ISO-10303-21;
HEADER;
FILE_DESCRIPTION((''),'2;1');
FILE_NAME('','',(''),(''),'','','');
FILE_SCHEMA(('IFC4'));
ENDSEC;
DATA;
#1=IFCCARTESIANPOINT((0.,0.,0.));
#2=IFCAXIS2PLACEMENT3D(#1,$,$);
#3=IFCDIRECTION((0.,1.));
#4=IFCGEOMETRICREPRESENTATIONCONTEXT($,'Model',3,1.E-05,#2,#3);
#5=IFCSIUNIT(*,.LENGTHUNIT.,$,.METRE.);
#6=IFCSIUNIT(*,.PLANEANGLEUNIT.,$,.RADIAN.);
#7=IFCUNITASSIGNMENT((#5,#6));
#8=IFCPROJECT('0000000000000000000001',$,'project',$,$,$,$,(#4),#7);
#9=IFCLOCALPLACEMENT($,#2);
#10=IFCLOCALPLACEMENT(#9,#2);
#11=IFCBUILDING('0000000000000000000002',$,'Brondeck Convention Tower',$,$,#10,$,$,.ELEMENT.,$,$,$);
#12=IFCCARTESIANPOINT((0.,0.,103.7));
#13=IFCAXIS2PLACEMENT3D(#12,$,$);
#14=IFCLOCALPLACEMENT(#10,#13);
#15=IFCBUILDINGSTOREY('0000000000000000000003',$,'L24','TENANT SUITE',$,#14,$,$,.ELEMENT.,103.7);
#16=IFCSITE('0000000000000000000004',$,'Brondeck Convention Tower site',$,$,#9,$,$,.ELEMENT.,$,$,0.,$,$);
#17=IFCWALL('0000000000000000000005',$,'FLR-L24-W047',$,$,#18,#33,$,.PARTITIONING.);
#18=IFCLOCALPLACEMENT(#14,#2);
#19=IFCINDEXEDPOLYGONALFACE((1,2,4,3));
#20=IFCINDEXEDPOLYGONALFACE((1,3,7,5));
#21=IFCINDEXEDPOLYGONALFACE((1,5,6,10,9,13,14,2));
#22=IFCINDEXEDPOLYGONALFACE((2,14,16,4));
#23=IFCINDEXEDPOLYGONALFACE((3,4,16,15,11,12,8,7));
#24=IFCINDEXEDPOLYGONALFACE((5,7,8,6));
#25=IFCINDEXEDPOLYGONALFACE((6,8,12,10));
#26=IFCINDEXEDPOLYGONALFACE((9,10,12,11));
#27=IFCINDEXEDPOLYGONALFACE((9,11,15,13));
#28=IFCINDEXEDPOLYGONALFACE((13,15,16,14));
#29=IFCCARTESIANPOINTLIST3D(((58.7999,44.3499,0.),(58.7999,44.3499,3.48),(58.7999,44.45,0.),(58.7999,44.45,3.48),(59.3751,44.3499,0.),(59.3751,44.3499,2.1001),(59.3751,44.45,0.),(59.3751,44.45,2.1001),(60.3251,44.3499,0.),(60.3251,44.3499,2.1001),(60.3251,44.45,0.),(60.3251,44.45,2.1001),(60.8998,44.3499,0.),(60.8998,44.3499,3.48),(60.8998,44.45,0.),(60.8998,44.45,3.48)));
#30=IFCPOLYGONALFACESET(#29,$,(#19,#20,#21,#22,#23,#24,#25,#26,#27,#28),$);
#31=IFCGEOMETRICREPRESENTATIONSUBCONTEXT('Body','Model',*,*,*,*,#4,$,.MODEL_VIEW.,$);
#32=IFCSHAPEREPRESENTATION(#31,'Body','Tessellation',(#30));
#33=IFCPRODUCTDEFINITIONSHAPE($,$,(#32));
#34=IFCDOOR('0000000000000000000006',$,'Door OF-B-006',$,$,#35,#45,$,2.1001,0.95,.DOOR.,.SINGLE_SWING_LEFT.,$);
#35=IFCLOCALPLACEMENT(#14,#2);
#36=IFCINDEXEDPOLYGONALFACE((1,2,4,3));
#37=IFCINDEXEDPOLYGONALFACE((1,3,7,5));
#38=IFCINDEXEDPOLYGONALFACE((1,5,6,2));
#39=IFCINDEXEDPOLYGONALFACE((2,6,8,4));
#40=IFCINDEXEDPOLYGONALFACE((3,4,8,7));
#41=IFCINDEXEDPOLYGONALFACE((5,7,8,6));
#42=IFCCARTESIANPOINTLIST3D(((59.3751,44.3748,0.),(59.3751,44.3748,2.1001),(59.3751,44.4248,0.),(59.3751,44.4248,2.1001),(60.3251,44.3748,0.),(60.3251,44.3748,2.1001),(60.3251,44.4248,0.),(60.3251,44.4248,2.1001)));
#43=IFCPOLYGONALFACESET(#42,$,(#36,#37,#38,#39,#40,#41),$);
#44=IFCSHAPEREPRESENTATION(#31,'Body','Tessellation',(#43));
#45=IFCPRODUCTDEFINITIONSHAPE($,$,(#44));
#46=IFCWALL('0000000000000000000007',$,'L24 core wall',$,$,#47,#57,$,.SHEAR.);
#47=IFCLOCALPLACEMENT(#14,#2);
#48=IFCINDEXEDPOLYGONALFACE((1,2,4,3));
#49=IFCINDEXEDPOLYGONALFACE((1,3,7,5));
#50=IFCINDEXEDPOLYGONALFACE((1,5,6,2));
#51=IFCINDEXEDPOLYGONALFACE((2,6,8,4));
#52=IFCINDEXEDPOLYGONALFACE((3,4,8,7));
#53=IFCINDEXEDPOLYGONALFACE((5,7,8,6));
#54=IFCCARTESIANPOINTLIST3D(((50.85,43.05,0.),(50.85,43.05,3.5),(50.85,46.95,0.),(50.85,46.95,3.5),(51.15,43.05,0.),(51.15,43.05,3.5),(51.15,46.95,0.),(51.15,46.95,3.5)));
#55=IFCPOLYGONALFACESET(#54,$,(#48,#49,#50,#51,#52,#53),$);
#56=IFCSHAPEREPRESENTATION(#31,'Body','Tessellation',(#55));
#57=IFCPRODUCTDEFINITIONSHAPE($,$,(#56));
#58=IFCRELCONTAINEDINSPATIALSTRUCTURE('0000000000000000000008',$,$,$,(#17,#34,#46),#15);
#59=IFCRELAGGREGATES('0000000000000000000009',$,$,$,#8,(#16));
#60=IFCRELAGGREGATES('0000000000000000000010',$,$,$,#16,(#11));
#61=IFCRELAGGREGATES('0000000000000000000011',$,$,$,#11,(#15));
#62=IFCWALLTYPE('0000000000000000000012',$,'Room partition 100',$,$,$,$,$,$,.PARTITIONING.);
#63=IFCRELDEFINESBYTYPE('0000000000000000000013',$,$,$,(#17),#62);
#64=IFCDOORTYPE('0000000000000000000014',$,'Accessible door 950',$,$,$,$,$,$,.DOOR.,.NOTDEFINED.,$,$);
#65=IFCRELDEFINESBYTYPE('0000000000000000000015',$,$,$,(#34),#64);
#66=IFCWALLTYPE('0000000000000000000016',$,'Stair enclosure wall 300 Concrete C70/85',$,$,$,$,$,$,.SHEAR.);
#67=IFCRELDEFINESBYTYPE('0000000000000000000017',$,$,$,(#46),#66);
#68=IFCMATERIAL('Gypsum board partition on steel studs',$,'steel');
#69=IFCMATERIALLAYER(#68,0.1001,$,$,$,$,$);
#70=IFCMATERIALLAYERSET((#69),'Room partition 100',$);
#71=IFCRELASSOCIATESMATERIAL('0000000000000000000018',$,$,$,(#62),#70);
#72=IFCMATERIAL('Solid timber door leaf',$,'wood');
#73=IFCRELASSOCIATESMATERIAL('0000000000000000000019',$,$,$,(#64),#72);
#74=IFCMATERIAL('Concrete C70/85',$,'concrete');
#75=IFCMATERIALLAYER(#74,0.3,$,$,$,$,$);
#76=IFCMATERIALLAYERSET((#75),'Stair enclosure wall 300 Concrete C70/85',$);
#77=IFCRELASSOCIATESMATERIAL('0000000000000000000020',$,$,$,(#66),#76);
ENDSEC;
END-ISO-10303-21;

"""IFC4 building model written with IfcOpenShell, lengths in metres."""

from ifc_helpers import new_model, si_unit, direction, frame, frame_2d, origin, place, context, subcontext, project, spatial, rectangle, extrude, material, layer, layer_set, type_object, element, fill, save


model = new_model("IFC4")

# Units and contexts
model_context = context("Model", 3, precision=1e-05, world=origin(), true_north=direction((0.0, 1.0)))
body_context = subcontext(model_context, "Body", "Model", "MODEL_VIEW")
ifc_project = project(units=[si_unit("LENGTHUNIT", "METRE"), si_unit("PLANEANGLEUNIT", "RADIAN")], contexts=[model_context])

# Site, building, storey
site_placement = place(None, origin())
site = spatial("IfcSite", under=ifc_project, at=site_placement, Name="Brondeck Convention Tower site", CompositionType="ELEMENT", RefElevation=0.0)
building_placement = place(site_placement, origin())
building = spatial("IfcBuilding", under=site, at=building_placement, Name="Brondeck Convention Tower", CompositionType="ELEMENT")
storey_placement = place(building_placement, frame((0.0, 0.0, 103.7)))
storey = spatial("IfcBuildingStorey", under=building, at=storey_placement, Name="L24", Description="TENANT SUITE", CompositionType="ELEMENT", Elevation=103.7)

# Shared definitions
ifc_material_1 = material(Name="Concrete C70/85", Category="concrete")

# Shared definitions
ifc_material_2 = material(Name="Gypsum board partition on steel studs", Category="steel")
ifc_layer_1 = layer(ifc_material_2, 0.1001)
ifc_layer_set_1 = layer_set([ifc_layer_1], Name="Room partition 100")
wall_type_1 = type_object("IfcWallType", Name="Room partition 100", PredefinedType="PARTITIONING", material=ifc_layer_set_1)

# Shared definitions
ifc_material_3 = material(Name="Solid timber door leaf", Category="wood")

# Wall, opening, door
wall_1_placement = place(storey_placement, frame((58.8, 44.3999, 0.0), z_axis=(0.0, 0.0, 1.0), x_axis=(1.0, 0.0, 0.0)))
wall_1 = element("IfcWall", 1, at=wall_1_placement, inside=storey, type_object=wall_type_1, Name="FLR-L24-W047", PredefinedType="PARTITIONING", context=body_context, shape_type="SweptSolid", body=[
    extrude(rectangle(XDim=2.0999, YDim=0.1001, at=frame_2d((1.0498, 0.0))), origin(), (0.0, 0.0, 1.0), 3.48),
])
opening_1_placement = place(wall_1_placement, frame((0.575, 0.0, 0.0)))
opening_1 = element("IfcOpeningElement", 2, at=opening_1_placement, cuts=wall_1, PredefinedType="OPENING", context=body_context, shape_type="SweptSolid", body=[
    extrude(rectangle(XDim=0.95, YDim=2.1001, at=frame_2d((0.4751, 1.05))), frame((0.0, 0.0601, 0.0), z_axis=(0.0, -1.0, 0.0), x_axis=(1.0, 0.0, 0.0)), (0.0, 0.0, 1.0), 0.1201),
])
door_type_1 = type_object("IfcDoorType", Name="Accessible door 950", OperationType="NOTDEFINED", PredefinedType="DOOR", material=ifc_material_3)
door_1_placement = place(opening_1_placement, origin())
door_1 = element("IfcDoor", 3, at=door_1_placement, inside=storey, type_object=door_type_1, Name="Door OF-B-006", OperationType="SINGLE_SWING_LEFT", OverallHeight=2.1001, OverallWidth=0.95, PredefinedType="DOOR", context=body_context, shape_type="SweptSolid", body=[
    extrude(rectangle(XDim=0.95, YDim=2.1001, at=frame_2d((0.4751, 1.05))), frame((0.0, 0.0249, 0.0), z_axis=(0.0, -1.0, 0.0), x_axis=(1.0, 0.0, 0.0)), (0.0, 0.0, 1.0), 0.05),
])
fill(opening_1, door_1)

# Wall
ifc_layer_2 = layer(ifc_material_1, 0.3)
ifc_layer_set_2 = layer_set([ifc_layer_2], Name="Stair enclosure wall 300 Concrete C70/85")
wall_type_2 = type_object("IfcWallType", Name="Stair enclosure wall 300 Concrete C70/85", PredefinedType="SHEAR", material=ifc_layer_set_2)
wall_2_placement = place(storey_placement, frame((51.0, 43.05, 0.0), z_axis=(0.0, 0.0, 1.0), x_axis=(0.0, 1.0, 0.0)))
element("IfcWall", 4, at=wall_2_placement, inside=storey, type_object=wall_type_2, Name="L24 core wall", PredefinedType="SHEAR", context=body_context, shape_type="SweptSolid", body=[
    extrude(rectangle(XDim=3.8999, YDim=0.3, at=frame_2d((1.95, 0.0))), origin(), (0.0, 0.0, 1.0), 3.5),
])

save(model, "model.ifc")
